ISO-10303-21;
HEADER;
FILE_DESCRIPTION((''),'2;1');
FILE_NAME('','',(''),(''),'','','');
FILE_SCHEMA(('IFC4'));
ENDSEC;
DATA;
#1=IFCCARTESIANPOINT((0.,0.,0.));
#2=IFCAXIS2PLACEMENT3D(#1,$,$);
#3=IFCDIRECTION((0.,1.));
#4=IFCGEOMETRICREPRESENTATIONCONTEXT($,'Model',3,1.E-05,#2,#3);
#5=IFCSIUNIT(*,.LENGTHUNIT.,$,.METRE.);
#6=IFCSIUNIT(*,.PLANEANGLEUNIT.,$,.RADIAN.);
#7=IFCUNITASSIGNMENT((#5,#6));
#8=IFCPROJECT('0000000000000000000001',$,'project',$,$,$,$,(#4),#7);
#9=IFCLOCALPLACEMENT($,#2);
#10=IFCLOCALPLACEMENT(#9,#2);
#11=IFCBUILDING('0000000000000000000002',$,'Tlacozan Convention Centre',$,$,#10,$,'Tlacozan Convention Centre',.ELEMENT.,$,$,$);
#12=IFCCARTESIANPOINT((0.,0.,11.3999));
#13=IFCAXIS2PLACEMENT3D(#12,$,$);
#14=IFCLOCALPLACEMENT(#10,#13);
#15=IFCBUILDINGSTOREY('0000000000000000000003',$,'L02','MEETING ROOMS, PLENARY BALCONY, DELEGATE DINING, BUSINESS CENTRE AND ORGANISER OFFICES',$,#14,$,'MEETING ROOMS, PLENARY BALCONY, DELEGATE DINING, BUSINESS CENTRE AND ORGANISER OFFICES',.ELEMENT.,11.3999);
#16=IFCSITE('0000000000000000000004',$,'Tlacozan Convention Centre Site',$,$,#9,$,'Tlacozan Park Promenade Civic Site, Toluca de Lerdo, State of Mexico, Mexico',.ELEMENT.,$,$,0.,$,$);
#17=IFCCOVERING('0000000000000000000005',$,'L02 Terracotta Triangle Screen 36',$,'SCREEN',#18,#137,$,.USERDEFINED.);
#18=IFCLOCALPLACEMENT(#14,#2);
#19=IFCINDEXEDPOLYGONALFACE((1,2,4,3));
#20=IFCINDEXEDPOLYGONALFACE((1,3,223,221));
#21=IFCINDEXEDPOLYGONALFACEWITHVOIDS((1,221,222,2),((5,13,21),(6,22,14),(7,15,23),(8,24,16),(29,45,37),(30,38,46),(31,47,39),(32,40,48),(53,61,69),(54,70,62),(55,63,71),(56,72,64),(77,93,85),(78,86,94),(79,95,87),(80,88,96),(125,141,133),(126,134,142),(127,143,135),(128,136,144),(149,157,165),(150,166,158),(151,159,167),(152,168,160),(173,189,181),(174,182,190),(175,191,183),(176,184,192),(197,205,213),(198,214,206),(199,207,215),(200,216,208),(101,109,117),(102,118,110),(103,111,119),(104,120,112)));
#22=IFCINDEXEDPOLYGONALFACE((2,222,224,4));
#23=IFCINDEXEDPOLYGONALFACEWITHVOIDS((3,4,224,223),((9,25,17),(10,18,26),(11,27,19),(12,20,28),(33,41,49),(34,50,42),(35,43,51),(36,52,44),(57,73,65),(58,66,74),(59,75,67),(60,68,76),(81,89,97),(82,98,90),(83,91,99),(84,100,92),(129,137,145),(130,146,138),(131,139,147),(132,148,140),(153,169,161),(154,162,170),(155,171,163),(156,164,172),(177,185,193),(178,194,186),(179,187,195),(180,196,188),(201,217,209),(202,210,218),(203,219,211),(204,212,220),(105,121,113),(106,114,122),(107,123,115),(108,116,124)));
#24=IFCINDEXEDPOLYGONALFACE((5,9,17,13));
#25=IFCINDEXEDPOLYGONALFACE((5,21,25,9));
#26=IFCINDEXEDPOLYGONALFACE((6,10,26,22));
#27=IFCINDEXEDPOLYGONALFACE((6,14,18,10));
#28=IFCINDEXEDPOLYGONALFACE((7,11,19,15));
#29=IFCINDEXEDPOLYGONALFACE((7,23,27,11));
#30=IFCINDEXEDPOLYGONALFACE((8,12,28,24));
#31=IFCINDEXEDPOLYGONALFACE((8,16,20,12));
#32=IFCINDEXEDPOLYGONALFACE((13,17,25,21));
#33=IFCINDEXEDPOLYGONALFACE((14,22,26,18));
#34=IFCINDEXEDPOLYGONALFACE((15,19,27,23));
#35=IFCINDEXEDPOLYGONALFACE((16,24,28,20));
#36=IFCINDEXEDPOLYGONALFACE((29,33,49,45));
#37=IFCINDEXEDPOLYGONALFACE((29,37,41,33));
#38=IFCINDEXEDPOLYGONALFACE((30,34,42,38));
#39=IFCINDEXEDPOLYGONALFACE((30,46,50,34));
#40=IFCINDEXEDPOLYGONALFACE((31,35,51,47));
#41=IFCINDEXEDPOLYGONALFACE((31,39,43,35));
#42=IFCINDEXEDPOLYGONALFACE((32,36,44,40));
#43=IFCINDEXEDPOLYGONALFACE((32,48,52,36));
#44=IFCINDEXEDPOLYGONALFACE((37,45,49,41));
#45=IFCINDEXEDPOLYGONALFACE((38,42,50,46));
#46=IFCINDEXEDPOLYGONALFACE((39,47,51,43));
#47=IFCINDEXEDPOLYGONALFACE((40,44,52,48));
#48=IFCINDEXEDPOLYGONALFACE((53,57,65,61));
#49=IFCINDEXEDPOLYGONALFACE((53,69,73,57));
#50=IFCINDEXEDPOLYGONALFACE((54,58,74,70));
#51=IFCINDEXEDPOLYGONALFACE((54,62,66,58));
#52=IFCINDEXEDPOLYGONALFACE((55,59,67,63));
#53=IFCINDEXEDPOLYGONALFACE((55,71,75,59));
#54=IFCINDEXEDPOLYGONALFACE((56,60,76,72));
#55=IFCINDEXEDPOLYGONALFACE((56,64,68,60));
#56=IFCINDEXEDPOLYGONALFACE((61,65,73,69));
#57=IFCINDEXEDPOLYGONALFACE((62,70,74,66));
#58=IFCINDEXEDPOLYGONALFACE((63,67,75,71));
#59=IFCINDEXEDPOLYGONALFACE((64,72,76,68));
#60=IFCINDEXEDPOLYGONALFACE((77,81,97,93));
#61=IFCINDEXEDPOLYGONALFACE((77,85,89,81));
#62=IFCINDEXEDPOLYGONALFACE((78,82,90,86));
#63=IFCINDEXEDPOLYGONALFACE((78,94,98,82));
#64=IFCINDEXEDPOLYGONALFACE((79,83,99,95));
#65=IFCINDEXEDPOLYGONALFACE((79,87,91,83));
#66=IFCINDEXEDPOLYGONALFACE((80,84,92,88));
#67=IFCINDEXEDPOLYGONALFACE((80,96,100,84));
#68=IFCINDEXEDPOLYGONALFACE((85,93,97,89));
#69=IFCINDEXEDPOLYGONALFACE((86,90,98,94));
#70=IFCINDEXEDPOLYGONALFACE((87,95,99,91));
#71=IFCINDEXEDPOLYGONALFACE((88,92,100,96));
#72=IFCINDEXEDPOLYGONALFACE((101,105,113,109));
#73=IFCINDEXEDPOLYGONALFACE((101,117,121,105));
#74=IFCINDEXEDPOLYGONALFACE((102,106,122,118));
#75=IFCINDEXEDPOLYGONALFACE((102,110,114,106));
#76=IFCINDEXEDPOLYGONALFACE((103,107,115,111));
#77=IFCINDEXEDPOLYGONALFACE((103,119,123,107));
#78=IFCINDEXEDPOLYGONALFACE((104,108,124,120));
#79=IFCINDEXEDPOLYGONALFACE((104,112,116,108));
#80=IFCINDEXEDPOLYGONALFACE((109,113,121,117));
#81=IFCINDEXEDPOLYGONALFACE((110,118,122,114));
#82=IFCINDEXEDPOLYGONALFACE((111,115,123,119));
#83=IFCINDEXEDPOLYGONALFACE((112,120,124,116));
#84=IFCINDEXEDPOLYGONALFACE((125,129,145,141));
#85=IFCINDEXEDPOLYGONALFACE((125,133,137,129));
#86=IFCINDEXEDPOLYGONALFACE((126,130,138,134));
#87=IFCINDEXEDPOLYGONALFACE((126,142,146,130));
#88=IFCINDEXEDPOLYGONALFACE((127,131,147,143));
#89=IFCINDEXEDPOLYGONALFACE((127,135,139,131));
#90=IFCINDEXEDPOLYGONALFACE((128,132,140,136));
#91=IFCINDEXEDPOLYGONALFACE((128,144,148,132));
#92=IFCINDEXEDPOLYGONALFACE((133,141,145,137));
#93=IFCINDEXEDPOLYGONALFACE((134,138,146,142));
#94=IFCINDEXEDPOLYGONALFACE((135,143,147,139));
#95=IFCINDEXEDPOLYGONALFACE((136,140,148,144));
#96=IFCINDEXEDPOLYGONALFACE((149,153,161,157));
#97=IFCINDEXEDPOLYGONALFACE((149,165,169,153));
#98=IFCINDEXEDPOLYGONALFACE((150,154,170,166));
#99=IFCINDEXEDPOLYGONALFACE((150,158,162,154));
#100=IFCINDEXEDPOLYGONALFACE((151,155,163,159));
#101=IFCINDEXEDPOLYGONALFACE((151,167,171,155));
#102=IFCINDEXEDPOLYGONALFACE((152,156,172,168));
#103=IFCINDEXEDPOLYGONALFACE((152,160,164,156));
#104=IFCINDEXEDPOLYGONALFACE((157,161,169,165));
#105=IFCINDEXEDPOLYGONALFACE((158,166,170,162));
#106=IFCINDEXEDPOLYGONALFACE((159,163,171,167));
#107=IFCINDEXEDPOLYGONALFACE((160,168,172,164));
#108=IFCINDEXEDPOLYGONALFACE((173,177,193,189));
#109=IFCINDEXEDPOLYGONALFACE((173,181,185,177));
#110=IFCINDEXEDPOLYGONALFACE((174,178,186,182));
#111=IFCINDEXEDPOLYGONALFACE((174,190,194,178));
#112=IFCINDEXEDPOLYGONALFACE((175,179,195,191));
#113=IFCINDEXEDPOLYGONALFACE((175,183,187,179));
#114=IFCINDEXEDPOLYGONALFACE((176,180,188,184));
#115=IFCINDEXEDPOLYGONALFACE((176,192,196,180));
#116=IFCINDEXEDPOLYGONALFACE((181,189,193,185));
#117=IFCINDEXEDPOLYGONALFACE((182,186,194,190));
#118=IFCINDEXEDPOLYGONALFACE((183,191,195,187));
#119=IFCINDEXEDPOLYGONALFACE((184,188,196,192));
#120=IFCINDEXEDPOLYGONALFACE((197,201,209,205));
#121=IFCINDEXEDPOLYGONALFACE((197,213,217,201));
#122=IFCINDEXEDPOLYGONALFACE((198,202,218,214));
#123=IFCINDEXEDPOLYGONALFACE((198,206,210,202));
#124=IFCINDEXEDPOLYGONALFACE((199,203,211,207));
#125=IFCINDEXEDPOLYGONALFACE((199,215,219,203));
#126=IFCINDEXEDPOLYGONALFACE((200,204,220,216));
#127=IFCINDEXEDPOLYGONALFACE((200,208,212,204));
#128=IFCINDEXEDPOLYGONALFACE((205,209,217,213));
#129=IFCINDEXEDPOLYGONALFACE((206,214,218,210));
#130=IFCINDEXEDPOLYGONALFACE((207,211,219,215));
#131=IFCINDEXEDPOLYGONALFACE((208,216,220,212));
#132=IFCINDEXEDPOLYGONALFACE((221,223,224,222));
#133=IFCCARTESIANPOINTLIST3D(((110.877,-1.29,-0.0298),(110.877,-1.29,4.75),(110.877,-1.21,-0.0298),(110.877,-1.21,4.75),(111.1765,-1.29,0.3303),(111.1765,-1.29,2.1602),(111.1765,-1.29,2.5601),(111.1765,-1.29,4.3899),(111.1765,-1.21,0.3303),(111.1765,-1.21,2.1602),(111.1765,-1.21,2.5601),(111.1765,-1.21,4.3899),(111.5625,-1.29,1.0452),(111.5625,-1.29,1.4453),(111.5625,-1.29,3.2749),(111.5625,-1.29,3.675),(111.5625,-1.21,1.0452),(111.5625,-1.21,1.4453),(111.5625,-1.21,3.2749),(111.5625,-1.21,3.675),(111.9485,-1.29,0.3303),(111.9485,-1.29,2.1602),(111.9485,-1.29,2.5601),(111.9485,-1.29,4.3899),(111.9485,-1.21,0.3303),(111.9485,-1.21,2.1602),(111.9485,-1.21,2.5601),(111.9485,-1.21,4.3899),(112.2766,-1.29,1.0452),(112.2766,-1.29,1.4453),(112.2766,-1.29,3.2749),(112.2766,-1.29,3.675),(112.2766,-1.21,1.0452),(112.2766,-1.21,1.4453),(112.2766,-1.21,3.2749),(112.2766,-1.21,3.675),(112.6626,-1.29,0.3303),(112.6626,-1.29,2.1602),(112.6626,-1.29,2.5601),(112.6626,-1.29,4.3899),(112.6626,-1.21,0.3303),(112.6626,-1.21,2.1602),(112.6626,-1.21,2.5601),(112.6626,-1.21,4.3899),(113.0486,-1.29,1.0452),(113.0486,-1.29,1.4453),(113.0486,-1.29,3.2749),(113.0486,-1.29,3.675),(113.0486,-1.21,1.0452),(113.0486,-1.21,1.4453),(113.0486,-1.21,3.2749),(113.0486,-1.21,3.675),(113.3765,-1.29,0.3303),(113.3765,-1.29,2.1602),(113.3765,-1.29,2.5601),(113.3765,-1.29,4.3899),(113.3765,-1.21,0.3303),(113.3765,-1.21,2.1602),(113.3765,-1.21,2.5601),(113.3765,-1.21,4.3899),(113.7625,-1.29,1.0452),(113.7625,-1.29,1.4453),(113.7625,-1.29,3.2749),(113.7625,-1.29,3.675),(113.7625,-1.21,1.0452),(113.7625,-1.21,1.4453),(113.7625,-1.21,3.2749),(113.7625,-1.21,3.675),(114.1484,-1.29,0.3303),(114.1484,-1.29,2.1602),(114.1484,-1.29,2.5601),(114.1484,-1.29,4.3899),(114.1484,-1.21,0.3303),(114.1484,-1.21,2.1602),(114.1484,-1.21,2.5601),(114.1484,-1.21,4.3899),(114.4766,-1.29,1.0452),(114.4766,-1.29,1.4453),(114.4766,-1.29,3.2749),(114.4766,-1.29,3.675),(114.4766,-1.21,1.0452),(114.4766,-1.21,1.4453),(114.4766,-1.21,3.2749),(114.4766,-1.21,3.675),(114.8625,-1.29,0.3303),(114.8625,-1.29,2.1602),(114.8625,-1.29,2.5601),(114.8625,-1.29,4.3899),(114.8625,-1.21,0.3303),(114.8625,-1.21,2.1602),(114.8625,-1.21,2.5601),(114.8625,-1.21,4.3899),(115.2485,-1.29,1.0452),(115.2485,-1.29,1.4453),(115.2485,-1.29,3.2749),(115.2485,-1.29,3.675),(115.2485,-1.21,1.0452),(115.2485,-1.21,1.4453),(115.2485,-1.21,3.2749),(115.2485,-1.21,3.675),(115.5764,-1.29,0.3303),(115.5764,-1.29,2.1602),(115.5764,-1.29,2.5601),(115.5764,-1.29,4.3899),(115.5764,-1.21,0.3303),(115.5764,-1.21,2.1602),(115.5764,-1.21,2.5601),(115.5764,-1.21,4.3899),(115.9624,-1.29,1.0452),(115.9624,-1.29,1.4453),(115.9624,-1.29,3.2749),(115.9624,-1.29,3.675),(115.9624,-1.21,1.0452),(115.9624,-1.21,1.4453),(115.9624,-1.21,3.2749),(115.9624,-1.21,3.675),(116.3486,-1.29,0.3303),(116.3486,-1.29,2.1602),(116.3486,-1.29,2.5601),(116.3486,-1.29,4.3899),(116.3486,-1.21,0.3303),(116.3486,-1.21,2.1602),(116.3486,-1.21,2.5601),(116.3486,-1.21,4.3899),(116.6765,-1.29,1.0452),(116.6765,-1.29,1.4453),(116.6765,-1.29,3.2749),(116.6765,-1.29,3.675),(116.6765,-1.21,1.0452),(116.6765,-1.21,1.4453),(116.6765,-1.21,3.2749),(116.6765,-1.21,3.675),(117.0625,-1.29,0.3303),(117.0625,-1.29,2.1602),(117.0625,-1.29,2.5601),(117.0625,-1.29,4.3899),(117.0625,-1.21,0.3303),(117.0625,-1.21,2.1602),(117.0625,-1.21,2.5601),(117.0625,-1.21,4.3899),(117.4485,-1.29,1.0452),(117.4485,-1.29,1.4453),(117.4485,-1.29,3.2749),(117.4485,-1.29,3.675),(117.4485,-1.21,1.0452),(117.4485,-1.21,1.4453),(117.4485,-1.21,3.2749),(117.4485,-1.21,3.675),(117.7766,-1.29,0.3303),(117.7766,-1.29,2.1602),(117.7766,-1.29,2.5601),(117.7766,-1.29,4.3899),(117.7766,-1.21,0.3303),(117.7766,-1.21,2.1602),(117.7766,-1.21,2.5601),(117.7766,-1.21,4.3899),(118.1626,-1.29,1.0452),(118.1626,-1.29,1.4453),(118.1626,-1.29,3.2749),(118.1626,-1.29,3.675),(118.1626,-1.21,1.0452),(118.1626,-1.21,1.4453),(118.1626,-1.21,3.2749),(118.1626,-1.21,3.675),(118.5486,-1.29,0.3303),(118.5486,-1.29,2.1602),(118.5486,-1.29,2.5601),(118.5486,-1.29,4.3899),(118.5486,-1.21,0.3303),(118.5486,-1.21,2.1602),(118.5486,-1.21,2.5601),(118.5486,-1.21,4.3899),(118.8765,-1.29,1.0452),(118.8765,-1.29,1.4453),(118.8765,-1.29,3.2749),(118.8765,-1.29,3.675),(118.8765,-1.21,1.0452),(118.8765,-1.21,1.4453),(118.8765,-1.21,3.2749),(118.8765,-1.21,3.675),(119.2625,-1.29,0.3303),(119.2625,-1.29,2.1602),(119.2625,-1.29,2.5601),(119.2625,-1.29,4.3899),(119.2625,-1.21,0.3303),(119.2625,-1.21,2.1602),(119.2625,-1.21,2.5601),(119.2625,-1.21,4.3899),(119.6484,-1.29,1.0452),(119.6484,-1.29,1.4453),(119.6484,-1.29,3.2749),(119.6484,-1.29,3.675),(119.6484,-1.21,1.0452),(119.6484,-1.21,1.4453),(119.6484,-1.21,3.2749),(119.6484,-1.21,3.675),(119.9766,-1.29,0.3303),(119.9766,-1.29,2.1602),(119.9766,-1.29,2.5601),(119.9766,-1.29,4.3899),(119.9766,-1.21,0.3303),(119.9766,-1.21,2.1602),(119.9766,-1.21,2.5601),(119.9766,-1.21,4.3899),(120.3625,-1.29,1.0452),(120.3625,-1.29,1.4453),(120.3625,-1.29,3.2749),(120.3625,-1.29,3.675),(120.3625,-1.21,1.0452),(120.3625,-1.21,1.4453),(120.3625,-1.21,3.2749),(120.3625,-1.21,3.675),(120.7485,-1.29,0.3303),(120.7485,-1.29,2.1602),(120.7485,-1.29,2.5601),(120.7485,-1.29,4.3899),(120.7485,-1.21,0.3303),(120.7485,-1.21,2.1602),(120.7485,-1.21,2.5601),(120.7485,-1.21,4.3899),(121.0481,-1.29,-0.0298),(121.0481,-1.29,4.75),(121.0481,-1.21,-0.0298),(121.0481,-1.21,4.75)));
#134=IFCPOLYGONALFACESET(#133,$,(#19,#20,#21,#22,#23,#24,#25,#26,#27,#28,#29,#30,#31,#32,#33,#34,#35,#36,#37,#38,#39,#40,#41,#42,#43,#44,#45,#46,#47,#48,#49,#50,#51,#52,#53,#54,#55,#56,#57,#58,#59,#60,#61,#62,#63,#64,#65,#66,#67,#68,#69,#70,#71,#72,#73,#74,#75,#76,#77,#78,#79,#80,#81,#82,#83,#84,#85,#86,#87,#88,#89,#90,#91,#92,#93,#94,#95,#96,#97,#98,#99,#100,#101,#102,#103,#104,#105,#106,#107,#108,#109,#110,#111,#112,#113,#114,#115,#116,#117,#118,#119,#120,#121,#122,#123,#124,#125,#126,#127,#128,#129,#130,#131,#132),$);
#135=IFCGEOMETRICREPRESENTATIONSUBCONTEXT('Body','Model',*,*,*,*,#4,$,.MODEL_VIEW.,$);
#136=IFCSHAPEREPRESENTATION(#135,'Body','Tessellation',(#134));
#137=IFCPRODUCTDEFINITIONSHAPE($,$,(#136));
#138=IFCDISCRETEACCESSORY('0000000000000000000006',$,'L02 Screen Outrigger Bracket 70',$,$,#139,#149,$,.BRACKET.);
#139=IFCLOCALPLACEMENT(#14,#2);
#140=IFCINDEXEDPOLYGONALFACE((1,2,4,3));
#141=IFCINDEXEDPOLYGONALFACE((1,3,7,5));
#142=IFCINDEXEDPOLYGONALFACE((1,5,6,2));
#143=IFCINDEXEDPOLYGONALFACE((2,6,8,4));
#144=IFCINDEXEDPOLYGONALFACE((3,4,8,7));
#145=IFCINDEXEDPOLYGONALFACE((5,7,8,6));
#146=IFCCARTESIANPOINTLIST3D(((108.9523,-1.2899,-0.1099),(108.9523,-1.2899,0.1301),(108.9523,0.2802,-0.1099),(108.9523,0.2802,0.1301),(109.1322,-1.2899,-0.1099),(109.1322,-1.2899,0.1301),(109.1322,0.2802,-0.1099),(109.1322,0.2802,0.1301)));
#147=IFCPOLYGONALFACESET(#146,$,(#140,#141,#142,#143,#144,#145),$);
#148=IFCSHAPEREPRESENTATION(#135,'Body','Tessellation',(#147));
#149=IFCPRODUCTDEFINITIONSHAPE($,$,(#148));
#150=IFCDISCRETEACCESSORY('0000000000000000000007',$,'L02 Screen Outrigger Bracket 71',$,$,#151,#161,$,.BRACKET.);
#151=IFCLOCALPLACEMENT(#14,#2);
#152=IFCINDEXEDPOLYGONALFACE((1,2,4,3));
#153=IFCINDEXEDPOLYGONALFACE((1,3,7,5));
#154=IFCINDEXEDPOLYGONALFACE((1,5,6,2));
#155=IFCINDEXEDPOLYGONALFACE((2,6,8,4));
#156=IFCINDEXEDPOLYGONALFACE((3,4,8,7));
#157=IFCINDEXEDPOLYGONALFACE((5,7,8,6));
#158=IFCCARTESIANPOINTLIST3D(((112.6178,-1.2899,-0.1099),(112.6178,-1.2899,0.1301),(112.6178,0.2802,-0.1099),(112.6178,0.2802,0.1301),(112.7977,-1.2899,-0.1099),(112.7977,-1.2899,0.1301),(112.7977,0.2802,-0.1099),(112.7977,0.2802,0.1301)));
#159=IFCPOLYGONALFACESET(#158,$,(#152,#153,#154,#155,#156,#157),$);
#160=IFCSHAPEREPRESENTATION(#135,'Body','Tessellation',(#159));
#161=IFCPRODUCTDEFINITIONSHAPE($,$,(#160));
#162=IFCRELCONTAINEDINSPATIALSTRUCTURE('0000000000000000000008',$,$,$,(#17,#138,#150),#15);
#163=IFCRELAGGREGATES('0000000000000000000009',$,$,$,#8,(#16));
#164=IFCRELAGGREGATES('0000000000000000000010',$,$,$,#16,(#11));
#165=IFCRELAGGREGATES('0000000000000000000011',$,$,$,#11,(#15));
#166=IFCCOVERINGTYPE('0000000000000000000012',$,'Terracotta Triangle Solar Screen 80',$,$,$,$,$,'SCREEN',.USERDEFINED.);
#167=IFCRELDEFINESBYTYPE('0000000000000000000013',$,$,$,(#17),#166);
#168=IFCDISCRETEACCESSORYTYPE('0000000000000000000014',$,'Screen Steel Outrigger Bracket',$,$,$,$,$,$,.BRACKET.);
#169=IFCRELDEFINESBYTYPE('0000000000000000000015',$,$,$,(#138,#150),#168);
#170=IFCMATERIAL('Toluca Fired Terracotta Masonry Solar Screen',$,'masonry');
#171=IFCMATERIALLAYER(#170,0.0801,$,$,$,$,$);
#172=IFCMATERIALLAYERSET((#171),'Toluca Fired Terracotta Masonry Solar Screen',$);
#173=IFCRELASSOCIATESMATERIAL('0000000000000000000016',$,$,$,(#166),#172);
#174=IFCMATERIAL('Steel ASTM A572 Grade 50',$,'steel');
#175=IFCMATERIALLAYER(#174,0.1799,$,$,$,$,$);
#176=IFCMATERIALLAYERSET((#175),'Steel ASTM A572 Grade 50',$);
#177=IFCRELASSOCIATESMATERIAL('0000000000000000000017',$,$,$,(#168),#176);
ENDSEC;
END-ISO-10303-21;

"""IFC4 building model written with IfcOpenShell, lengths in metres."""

from ifc_helpers import new_model, si_unit, direction, frame, origin, origin_2d, place, context, subcontext, project, spatial, polyline, rectangle, outline, extrude, material, layer, layer_set, type_object, element, save


model = new_model("IFC4")

# Units and contexts
model_context = context("Model", 3, precision=1e-05, world=origin(), true_north=direction((0.0, 1.0)))
body_context = subcontext(model_context, "Body", "Model", "MODEL_VIEW")
ifc_project = project(units=[si_unit("LENGTHUNIT", "METRE"), si_unit("PLANEANGLEUNIT", "RADIAN")], contexts=[model_context])

# Site, building, storey
site_placement = place(None, origin())
site = spatial("IfcSite", under=ifc_project, at=site_placement, Name="Tlacozan Convention Centre Site", LongName="Tlacozan Park Promenade Civic Site, Toluca de Lerdo, State of Mexico, Mexico", CompositionType="ELEMENT", RefElevation=0.0)
building_placement = place(site_placement, origin())
building = spatial("IfcBuilding", under=site, at=building_placement, Name="Tlacozan Convention Centre", LongName="Tlacozan Convention Centre", CompositionType="ELEMENT")
storey_placement = place(building_placement, frame((0.0, 0.0, 11.3999)))
storey = spatial("IfcBuildingStorey", under=building, at=storey_placement, Name="L02", Description="MEETING ROOMS, PLENARY BALCONY, DELEGATE DINING, BUSINESS CENTRE AND ORGANISER OFFICES", LongName="MEETING ROOMS, PLENARY BALCONY, DELEGATE DINING, BUSINESS CENTRE AND ORGANISER OFFICES", CompositionType="ELEMENT", Elevation=11.3999)

# Covering
ifc_material_1 = material(Name="Toluca Fired Terracotta Masonry Solar Screen", Category="masonry")
ifc_layer_1 = layer(ifc_material_1, 0.0801)
ifc_layer_set_1 = layer_set([ifc_layer_1], Name="Toluca Fired Terracotta Masonry Solar Screen")
covering_type = type_object("IfcCoveringType", Name="Terracotta Triangle Solar Screen 80", ElementType="SCREEN", PredefinedType="USERDEFINED", material=ifc_layer_set_1)
covering_placement = place(storey_placement, frame((110.877, -1.25, -0.0298), z_axis=(0.0, 0.0, 1.0), x_axis=(1.0, 0.0, 0.0)))
element("IfcCovering", 1, at=covering_placement, inside=storey, type_object=covering_type, Name="L02 Terracotta Triangle Screen 36", ObjectType="SCREEN", PredefinedType="USERDEFINED", context=body_context, shape_type="SweptSolid", body=[
    extrude(outline(polyline([(0.0, 0.0), (10.1711, 0.0), (10.1711, 4.7798), (0.0, 4.7798), (0.0, 0.0)]), holes=[polyline([(0.2996, 0.3601), (1.0715, 0.3601), (0.6855, 1.075), (0.2996, 0.3601)]), polyline([(1.3997, 1.075), (2.1716, 1.075), (1.7856, 0.3601), (1.3997, 1.075)]), polyline([(2.4995, 0.3601), (3.2715, 0.3601), (2.8855, 1.075), (2.4995, 0.3601)]), polyline([(3.5996, 1.075), (4.3716, 1.075), (3.9856, 0.3601), (3.5996, 1.075)]), polyline([(4.6995, 0.3601), (5.4717, 0.3601), (5.0854, 1.075), (4.6995, 0.3601)]), polyline([(5.7996, 1.075), (6.5715, 1.075), (6.1855, 0.3601), (5.7996, 1.075)]), polyline([(6.8997, 0.3601), (7.6716, 0.3601), (7.2856, 1.075), (6.8997, 0.3601)]), polyline([(7.9995, 1.075), (8.7715, 1.075), (8.3855, 0.3601), (7.9995, 1.075)]), polyline([(9.0996, 0.3601), (9.8716, 0.3601), (9.4856, 1.075), (9.0996, 0.3601)]), polyline([(0.2996, 2.1899), (1.0715, 2.1899), (0.6855, 1.4751), (0.2996, 2.1899)]), polyline([(1.3997, 1.4751), (2.1716, 1.4751), (1.7856, 2.1899), (1.3997, 1.4751)]), polyline([(2.4995, 2.1899), (3.2715, 2.1899), (2.8855, 1.4751), (2.4995, 2.1899)]), polyline([(3.5996, 1.4751), (4.3716, 1.4751), (3.9856, 2.1899), (3.5996, 1.4751)]), polyline([(4.6995, 2.1899), (5.4717, 2.1899), (5.0854, 1.4751), (4.6995, 2.1899)]), polyline([(5.7996, 1.4751), (6.5715, 1.4751), (6.1855, 2.1899), (5.7996, 1.4751)]), polyline([(6.8997, 2.1899), (7.6716, 2.1899), (7.2856, 1.4751), (6.8997, 2.1899)]), polyline([(7.9995, 1.4751), (8.7715, 1.4751), (8.3855, 2.1899), (7.9995, 1.4751)]), polyline([(9.0996, 2.1899), (9.8716, 2.1899), (9.4856, 1.4751), (9.0996, 2.1899)]), polyline([(0.2996, 2.5898), (1.0715, 2.5898), (0.6855, 3.3047), (0.2996, 2.5898)]), polyline([(1.3997, 3.3047), (2.1716, 3.3047), (1.7856, 2.5898), (1.3997, 3.3047)]), polyline([(2.4995, 2.5898), (3.2715, 2.5898), (2.8855, 3.3047), (2.4995, 2.5898)]), polyline([(3.5996, 3.3047), (4.3716, 3.3047), (3.9856, 2.5898), (3.5996, 3.3047)]), polyline([(4.6995, 2.5898), (5.4717, 2.5898), (5.0854, 3.3047), (4.6995, 2.5898)]), polyline([(5.7996, 3.3047), (6.5715, 3.3047), (6.1855, 2.5898), (5.7996, 3.3047)]), polyline([(6.8997, 2.5898), (7.6716, 2.5898), (7.2856, 3.3047), (6.8997, 2.5898)]), polyline([(7.9995, 3.3047), (8.7715, 3.3047), (8.3855, 2.5898), (7.9995, 3.3047)]), polyline([(9.0996, 2.5898), (9.8716, 2.5898), (9.4856, 3.3047), (9.0996, 2.5898)]), polyline([(0.2996, 4.4197), (1.0715, 4.4197), (0.6855, 3.7048), (0.2996, 4.4197)]), polyline([(1.3997, 3.7048), (2.1716, 3.7048), (1.7856, 4.4197), (1.3997, 3.7048)]), polyline([(2.4995, 4.4197), (3.2715, 4.4197), (2.8855, 3.7048), (2.4995, 4.4197)]), polyline([(3.5996, 3.7048), (4.3716, 3.7048), (3.9856, 4.4197), (3.5996, 3.7048)]), polyline([(4.6995, 4.4197), (5.4717, 4.4197), (5.0854, 3.7048), (4.6995, 4.4197)]), polyline([(5.7996, 3.7048), (6.5715, 3.7048), (6.1855, 4.4197), (5.7996, 3.7048)]), polyline([(6.8997, 4.4197), (7.6716, 4.4197), (7.2856, 3.7048), (6.8997, 4.4197)]), polyline([(7.9995, 3.7048), (8.7715, 3.7048), (8.3855, 4.4197), (7.9995, 3.7048)]), polyline([(9.0996, 4.4197), (9.8716, 4.4197), (9.4856, 3.7048), (9.0996, 4.4197)])]), frame((0.0, 0.04, 0.0), z_axis=(0.0, -1.0, 0.0), x_axis=(1.0, 0.0, 0.0)), (0.0, 0.0, 1.0), 0.0801),
])

# Discrete accessories
ifc_material_2 = material(Name="Steel ASTM A572 Grade 50", Category="steel")
ifc_layer_2 = layer(ifc_material_2, 0.1799)
ifc_layer_set_2 = layer_set([ifc_layer_2], Name="Steel ASTM A572 Grade 50")
discrete_accessory_type = type_object("IfcDiscreteAccessoryType", Name="Screen Steel Outrigger Bracket", PredefinedType="BRACKET", material=ifc_layer_set_2)
for number, where, z_axis, x_axis, name in (
    (2, (109.0422, -0.5049, -0.1099), (0.0, 0.0, 1.0), (0.0, 1.0, 0.0), "L02 Screen Outrigger Bracket 70"),
    (3, (112.7078, -0.5049, -0.1099), (0.0, 0.0, 1.0), (0.0, 1.0, 0.0), "L02 Screen Outrigger Bracket 71"),
):
    element("IfcDiscreteAccessory", number, at=place(storey_placement, frame(where, z_axis=z_axis, x_axis=x_axis)), inside=storey, type_object=discrete_accessory_type, Name=name, PredefinedType="BRACKET", context=body_context, shape_type="SweptSolid", body=[
        extrude(rectangle(XDim=1.5701, YDim=0.1799, at=origin_2d()), origin(), (0.0, 0.0, 1.0), 0.24),
    ])

save(model, "model.ifc")
